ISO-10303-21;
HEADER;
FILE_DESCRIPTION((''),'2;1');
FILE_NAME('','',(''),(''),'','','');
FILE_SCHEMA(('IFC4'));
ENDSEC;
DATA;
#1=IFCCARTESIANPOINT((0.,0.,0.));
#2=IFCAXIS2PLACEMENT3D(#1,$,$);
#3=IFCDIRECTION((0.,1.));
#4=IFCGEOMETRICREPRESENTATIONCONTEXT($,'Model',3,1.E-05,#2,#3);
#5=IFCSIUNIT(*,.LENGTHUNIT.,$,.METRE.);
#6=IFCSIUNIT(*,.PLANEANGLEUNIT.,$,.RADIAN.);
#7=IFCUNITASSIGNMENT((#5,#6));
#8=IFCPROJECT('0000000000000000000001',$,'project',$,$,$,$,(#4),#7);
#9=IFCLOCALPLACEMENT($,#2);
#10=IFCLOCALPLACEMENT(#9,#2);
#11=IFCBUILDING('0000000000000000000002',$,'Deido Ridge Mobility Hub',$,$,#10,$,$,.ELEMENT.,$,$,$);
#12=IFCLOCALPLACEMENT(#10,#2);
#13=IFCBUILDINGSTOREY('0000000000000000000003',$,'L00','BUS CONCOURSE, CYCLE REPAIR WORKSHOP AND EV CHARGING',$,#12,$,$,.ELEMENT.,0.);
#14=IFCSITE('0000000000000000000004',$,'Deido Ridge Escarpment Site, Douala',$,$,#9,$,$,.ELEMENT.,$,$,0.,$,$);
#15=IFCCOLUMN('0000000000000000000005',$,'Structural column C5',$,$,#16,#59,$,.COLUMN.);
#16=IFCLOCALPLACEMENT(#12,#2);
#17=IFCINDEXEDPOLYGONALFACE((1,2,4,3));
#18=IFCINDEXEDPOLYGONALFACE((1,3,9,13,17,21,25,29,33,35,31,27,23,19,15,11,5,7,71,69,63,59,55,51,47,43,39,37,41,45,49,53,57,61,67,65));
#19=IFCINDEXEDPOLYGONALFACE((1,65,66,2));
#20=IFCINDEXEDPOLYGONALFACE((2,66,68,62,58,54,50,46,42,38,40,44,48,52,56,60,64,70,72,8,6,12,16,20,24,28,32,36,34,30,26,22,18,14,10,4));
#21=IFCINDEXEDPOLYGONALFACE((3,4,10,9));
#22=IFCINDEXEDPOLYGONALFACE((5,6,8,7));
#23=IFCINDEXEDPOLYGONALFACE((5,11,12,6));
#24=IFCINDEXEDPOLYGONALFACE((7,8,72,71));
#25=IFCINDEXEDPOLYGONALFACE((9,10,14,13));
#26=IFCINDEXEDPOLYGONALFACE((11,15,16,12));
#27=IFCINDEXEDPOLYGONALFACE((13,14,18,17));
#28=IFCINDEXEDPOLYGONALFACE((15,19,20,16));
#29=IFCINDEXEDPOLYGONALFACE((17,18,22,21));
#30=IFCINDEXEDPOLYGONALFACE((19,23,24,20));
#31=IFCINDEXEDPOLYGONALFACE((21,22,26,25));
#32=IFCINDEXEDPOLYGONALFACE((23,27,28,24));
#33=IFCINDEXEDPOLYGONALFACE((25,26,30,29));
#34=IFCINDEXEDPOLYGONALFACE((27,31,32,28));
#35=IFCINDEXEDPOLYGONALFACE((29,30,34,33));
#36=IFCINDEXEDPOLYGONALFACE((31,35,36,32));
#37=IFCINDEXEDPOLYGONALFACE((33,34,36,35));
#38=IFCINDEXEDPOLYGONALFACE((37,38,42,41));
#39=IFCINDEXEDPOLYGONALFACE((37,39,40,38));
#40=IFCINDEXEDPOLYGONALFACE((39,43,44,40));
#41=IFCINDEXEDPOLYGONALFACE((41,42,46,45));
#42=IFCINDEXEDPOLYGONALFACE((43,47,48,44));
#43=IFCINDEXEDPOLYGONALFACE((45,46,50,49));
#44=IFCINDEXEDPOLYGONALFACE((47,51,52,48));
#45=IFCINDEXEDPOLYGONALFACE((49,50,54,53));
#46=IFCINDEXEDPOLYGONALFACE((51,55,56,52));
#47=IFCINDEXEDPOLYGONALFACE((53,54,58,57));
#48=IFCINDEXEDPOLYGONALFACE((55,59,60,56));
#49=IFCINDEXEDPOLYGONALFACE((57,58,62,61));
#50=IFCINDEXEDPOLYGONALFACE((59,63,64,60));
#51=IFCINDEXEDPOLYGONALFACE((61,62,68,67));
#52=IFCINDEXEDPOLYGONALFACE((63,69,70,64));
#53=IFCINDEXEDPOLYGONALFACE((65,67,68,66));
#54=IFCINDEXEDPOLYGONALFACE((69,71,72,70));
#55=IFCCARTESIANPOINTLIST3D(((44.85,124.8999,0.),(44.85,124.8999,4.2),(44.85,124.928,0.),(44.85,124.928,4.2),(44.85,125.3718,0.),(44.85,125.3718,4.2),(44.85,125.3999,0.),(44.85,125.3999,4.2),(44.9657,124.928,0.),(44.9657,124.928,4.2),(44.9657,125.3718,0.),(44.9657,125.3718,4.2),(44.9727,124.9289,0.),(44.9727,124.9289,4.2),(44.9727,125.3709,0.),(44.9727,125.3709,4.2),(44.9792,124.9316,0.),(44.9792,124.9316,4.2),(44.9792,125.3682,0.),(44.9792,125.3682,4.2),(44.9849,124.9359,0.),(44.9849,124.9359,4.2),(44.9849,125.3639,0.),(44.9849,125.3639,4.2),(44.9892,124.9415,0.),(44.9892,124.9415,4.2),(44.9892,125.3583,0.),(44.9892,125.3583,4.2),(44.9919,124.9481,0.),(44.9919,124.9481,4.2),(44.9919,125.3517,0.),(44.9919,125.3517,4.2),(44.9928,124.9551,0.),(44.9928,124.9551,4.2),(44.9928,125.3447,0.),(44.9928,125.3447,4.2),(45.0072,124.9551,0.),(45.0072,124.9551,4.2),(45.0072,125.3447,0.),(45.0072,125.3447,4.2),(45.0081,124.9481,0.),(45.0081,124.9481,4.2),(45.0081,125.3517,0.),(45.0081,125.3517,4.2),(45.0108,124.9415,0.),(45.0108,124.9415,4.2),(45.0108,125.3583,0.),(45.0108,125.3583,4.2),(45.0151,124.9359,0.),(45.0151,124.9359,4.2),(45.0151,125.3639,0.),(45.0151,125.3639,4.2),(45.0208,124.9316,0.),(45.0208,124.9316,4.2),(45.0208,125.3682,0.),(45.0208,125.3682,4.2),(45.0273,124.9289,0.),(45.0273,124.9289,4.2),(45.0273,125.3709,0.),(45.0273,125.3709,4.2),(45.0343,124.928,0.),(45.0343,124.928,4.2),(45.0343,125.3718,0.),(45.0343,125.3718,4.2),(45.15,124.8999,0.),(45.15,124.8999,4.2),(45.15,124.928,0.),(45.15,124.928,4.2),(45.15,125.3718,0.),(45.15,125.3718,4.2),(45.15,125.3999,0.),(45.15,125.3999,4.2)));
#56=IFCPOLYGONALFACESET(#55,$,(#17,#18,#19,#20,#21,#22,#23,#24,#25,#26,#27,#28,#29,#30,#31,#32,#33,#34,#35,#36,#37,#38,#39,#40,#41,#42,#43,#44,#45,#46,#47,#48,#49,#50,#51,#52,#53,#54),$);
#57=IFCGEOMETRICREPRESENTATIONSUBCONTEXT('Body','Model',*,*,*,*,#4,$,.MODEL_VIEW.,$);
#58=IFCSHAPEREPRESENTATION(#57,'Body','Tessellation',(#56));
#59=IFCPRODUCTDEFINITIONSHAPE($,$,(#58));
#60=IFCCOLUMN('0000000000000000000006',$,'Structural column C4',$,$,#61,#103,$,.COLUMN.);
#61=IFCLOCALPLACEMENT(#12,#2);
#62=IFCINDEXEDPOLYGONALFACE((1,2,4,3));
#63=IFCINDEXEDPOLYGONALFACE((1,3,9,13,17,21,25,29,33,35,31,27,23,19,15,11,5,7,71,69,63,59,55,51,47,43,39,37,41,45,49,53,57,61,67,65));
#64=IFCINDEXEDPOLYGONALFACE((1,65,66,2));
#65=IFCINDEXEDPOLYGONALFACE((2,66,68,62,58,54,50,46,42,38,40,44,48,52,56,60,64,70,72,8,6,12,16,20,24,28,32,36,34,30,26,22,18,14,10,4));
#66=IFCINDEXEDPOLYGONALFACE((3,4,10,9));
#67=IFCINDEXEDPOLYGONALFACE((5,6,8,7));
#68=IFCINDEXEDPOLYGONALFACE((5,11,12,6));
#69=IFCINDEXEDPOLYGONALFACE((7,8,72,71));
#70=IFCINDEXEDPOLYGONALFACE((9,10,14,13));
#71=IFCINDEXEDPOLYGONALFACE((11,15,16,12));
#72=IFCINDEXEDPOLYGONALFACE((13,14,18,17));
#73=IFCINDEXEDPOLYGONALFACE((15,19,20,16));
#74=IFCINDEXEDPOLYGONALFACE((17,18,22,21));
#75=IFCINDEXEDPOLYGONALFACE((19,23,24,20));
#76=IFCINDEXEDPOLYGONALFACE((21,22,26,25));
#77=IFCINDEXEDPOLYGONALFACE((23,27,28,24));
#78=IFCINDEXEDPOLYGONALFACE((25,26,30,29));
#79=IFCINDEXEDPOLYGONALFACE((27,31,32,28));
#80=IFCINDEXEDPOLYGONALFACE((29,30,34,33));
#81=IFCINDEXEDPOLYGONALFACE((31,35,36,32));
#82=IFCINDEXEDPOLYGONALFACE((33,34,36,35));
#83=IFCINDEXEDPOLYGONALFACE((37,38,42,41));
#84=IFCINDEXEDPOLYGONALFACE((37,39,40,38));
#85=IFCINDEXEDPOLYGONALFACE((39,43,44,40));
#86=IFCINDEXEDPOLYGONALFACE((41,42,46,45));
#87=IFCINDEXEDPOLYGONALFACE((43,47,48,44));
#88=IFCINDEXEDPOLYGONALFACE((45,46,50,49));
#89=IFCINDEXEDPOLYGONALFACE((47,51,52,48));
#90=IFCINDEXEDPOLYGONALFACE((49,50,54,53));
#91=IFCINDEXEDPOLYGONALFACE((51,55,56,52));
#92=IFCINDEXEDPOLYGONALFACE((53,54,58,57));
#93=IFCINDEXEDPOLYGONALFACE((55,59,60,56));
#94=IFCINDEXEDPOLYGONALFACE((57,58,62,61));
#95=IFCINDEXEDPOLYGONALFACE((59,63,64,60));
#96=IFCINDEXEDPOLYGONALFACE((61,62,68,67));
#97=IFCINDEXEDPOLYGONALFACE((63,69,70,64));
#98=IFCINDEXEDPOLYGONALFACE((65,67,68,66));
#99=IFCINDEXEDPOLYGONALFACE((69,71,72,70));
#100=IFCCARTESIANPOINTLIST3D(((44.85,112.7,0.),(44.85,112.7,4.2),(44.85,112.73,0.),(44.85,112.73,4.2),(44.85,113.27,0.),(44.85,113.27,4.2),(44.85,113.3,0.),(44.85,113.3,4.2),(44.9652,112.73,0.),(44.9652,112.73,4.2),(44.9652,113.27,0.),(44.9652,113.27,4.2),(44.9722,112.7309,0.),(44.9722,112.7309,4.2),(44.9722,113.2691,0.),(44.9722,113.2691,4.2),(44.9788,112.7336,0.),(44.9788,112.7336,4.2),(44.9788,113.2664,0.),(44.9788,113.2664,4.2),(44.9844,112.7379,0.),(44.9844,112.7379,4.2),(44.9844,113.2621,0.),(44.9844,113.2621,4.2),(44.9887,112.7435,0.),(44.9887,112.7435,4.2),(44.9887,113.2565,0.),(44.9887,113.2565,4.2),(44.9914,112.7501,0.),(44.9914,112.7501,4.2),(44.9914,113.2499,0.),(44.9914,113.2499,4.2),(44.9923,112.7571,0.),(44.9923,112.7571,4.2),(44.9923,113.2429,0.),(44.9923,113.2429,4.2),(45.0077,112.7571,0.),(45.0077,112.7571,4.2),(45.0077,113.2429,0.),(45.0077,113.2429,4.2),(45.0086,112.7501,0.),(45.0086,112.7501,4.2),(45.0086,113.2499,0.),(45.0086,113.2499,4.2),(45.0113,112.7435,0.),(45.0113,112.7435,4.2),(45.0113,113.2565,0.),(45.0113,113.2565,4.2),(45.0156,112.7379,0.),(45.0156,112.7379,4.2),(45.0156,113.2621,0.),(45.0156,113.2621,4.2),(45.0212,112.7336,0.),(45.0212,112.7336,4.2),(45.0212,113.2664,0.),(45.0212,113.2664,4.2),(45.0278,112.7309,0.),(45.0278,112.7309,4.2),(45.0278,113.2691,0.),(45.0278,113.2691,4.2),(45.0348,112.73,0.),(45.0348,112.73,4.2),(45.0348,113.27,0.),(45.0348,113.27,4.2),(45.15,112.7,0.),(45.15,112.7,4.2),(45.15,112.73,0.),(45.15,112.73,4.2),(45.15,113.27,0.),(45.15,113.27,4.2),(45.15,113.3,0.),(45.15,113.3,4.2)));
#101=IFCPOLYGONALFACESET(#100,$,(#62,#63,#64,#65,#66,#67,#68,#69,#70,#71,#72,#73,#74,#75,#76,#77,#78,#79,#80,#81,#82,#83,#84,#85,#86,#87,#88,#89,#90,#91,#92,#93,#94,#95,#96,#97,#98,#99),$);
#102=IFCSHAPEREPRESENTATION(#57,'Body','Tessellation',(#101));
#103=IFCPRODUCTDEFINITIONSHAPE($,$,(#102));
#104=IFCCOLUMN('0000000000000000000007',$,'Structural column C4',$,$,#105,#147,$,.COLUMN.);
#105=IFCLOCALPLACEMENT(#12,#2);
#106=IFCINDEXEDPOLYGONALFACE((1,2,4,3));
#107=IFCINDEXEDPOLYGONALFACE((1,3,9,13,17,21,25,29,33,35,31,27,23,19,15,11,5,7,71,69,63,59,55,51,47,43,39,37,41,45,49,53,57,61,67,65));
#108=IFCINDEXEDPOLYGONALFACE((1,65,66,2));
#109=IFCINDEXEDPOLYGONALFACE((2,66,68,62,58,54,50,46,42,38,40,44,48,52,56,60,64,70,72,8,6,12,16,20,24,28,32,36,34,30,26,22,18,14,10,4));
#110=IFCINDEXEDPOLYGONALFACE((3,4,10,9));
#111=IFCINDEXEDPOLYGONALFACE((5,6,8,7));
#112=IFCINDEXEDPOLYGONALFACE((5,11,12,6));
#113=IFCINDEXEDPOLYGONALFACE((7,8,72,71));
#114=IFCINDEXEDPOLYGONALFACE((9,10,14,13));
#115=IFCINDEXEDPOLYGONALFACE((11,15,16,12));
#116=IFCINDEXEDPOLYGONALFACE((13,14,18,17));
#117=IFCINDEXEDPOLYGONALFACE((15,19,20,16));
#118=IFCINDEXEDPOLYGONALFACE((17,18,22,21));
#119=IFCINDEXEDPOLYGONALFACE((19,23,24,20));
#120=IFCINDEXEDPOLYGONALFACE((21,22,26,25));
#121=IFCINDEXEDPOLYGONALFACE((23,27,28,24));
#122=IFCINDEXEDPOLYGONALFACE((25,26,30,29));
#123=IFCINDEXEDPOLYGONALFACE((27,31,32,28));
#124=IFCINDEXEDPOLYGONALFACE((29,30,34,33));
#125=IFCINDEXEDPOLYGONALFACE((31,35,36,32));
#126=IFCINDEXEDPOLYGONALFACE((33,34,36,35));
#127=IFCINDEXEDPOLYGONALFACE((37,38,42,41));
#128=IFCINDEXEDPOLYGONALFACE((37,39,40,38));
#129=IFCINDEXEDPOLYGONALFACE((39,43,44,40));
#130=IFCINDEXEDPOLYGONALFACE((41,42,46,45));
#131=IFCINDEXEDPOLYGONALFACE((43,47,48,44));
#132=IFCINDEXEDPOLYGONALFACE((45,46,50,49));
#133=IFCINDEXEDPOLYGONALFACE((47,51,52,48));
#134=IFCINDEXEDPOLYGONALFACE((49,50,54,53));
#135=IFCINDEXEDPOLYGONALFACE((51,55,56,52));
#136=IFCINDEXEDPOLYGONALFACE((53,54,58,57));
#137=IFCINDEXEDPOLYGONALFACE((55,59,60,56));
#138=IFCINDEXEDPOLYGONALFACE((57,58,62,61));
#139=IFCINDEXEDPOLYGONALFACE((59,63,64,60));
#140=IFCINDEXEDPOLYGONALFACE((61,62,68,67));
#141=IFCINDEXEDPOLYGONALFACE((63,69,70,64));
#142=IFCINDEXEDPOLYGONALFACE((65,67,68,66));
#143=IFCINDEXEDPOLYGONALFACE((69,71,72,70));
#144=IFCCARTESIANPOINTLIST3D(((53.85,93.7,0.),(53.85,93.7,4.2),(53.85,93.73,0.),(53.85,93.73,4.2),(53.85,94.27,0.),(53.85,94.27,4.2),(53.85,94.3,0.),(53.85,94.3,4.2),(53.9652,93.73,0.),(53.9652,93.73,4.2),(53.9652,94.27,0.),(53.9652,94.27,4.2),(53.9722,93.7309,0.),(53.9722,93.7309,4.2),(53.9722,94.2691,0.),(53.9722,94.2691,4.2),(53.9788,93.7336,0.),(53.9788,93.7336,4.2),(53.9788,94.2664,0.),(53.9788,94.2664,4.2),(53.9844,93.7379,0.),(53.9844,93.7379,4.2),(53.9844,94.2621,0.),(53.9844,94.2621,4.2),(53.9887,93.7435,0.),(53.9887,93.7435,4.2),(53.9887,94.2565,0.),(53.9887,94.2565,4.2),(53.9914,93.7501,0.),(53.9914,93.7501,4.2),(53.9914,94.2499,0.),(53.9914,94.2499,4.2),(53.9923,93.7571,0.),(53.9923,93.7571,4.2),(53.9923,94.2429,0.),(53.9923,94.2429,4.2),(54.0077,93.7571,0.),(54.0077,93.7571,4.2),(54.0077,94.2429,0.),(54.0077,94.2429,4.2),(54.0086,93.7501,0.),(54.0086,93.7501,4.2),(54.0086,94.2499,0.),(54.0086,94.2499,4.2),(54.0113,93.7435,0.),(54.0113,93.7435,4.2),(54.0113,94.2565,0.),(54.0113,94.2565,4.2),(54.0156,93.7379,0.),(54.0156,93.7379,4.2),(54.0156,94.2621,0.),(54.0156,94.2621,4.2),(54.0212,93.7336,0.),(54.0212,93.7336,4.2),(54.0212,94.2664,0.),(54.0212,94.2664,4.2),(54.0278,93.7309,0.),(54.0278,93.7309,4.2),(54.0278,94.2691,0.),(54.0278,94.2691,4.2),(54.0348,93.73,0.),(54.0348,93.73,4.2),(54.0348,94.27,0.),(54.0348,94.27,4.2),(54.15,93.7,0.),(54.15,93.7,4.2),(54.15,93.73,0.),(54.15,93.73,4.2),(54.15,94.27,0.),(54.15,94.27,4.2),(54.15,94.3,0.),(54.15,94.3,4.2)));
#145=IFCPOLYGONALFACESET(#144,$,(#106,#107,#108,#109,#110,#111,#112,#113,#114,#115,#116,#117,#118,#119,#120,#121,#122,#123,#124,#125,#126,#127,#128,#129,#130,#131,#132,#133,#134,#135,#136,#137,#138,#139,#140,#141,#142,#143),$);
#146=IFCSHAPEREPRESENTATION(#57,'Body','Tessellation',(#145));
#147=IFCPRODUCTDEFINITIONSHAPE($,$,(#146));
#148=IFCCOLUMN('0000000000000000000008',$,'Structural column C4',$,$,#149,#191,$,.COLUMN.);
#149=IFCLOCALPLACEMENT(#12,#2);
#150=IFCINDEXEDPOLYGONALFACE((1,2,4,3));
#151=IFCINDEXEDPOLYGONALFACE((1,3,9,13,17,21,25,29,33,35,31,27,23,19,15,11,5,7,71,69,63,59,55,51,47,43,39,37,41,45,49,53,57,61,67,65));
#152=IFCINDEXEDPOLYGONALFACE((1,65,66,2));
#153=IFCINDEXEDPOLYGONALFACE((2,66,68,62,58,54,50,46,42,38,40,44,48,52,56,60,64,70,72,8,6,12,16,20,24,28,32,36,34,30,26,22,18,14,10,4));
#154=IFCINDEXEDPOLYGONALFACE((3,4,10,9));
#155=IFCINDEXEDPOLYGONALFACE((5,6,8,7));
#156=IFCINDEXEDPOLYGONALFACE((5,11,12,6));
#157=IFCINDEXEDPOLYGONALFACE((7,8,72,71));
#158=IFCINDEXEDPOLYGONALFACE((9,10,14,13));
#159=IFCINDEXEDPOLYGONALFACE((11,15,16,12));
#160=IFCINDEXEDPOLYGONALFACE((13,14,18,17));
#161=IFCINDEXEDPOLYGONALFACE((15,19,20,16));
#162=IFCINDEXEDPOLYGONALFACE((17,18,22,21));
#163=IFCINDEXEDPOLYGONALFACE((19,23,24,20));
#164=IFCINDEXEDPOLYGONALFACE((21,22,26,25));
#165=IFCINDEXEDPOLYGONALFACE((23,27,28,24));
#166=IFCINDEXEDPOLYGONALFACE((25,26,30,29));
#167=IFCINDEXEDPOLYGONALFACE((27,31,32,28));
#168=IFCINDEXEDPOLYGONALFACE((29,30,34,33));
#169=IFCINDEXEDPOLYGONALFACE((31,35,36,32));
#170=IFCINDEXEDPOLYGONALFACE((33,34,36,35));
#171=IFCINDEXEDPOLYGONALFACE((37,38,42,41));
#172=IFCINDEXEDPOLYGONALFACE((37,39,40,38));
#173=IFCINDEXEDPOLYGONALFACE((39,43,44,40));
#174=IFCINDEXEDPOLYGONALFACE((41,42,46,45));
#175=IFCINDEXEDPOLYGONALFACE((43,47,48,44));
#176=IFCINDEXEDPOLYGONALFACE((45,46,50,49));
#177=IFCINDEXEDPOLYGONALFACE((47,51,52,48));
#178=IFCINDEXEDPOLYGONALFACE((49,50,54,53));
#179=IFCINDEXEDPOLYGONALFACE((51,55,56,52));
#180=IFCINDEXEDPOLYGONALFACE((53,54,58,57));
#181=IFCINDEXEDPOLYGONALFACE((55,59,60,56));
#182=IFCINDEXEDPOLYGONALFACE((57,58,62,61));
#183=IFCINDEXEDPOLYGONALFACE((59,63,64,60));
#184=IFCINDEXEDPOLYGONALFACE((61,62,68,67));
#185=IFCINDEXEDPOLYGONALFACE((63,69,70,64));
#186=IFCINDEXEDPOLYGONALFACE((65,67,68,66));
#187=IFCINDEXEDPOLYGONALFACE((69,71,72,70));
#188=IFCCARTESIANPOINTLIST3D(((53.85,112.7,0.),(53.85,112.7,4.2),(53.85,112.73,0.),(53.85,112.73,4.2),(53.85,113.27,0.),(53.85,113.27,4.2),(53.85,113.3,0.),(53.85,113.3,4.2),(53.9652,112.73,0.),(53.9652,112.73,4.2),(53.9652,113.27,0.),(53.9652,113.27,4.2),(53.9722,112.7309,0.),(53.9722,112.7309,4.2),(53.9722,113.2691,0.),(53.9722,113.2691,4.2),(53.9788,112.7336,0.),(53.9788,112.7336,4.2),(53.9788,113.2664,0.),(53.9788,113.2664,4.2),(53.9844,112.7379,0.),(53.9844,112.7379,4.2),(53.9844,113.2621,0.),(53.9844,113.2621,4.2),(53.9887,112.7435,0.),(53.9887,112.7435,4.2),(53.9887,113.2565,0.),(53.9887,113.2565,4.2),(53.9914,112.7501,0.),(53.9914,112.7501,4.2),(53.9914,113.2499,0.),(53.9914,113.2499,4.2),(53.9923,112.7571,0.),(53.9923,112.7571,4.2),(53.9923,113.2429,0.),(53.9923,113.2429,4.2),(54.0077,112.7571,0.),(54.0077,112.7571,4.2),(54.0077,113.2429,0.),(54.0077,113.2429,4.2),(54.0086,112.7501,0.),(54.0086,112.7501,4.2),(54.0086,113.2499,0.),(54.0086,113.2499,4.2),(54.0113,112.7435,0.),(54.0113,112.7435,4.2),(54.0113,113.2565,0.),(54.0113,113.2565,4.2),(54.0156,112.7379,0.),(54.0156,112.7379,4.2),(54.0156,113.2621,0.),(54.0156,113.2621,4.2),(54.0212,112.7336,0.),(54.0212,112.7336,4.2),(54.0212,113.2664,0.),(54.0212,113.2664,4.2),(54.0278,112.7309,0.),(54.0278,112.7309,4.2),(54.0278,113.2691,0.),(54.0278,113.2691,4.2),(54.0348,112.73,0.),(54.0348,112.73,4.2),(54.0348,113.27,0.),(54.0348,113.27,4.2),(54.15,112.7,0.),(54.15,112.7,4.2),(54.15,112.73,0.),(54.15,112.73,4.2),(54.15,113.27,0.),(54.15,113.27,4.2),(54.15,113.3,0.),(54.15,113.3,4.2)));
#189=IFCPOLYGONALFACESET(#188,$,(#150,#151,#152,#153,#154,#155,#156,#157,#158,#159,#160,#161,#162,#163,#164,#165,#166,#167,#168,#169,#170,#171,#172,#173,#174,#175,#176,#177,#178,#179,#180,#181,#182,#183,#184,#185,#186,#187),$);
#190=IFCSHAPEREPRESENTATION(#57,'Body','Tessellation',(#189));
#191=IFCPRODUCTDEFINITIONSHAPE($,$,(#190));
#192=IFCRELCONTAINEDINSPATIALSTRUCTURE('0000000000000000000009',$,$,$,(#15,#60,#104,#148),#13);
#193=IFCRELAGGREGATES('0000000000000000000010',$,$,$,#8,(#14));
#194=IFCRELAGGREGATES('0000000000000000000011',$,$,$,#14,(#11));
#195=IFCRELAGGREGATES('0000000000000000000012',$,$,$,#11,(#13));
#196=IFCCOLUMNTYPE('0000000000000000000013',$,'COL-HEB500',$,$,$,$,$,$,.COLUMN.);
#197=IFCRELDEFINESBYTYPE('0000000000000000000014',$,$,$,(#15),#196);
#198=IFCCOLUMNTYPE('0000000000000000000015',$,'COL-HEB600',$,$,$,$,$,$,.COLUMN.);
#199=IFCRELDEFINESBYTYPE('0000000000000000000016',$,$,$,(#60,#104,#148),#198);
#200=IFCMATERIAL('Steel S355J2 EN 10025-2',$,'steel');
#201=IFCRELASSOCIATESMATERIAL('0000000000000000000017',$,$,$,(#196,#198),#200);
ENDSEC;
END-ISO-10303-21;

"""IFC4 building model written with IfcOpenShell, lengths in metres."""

from ifc_helpers import new_model, si_unit, direction, frame, origin, origin_2d, place, context, subcontext, project, spatial, i_section, extrude, material, material_profile, profile_set, type_object, element, save


model = new_model("IFC4")

# Units and contexts
model_context = context("Model", 3, precision=1e-05, world=origin(), true_north=direction((0.0, 1.0)))
body_context = subcontext(model_context, "Body", "Model", "MODEL_VIEW")
ifc_project = project(units=[si_unit("LENGTHUNIT", "METRE"), si_unit("PLANEANGLEUNIT", "RADIAN")], contexts=[model_context])

# Site, building, storey
site_placement = place(None, origin())
site = spatial("IfcSite", under=ifc_project, at=site_placement, Name="Deido Ridge Escarpment Site, Douala", CompositionType="ELEMENT", RefElevation=0.0)
building_placement = place(site_placement, origin())
building = spatial("IfcBuilding", under=site, at=building_placement, Name="Deido Ridge Mobility Hub", CompositionType="ELEMENT")
storey_placement = place(building_placement, origin())
storey = spatial("IfcBuildingStorey", under=building, at=storey_placement, Name="L00", Description="BUS CONCOURSE, CYCLE REPAIR WORKSHOP AND EV CHARGING", CompositionType="ELEMENT", Elevation=0.0)

# Columns
ifc_material_1 = material(Name="Steel S355J2 EN 10025-2", Category="steel")
ifc_material_profile_1 = material_profile(ifc_material_1, i_section(OverallWidth=0.3, OverallDepth=0.5, WebThickness=0.0144, FlangeThickness=0.0281, FilletRadius=0.0271, at=origin_2d()), Name="HEB 500")
ifc_profile_set_1 = profile_set([ifc_material_profile_1], Name="Steel S355J2 EN 10025-2")
column_type_1 = type_object("IfcColumnType", Name="COL-HEB500", PredefinedType="COLUMN", material=ifc_profile_set_1)
column_1_placement = place(storey_placement, frame((45.0, 125.1499, 0.0), z_axis=(0.0, 0.0, 1.0), x_axis=(1.0, 0.0, 0.0)))
element("IfcColumn", 1, at=column_1_placement, inside=storey, type_object=column_type_1, Name="Structural column C5", PredefinedType="COLUMN", context=body_context, shape_type="SweptSolid", body=[
    extrude(i_section(OverallWidth=0.3, OverallDepth=0.5, WebThickness=0.0144, FlangeThickness=0.0281, FilletRadius=0.0271, at=origin_2d()), origin(), (0.0, 0.0, 1.0), 4.2),
])
ifc_material_profile_2 = material_profile(ifc_material_1, i_section(OverallWidth=0.3, OverallDepth=0.6001, WebThickness=0.0154, FlangeThickness=0.03, FilletRadius=0.0271, at=origin_2d()), Name="HEB 600")
ifc_profile_set_2 = profile_set([ifc_material_profile_2], Name="Steel S355J2 EN 10025-2")
column_type_2 = type_object("IfcColumnType", Name="COL-HEB600", PredefinedType="COLUMN", material=ifc_profile_set_2)
for number, where, z_axis, x_axis, name in (
    (2, (45.0, 113.0, 0.0), (0.0, 0.0, 1.0), (1.0, 0.0, 0.0), "Structural column C4"),
    (3, (54.0, 94.0, 0.0), (0.0, 0.0, 1.0), (1.0, 0.0, 0.0), "Structural column C4"),
    (4, (54.0, 113.0, 0.0), (0.0, 0.0, 1.0), (1.0, 0.0, 0.0), "Structural column C4"),
):
    element("IfcColumn", number, at=place(storey_placement, frame(where, z_axis=z_axis, x_axis=x_axis)), inside=storey, type_object=column_type_2, Name=name, PredefinedType="COLUMN", context=body_context, shape_type="SweptSolid", body=[
        extrude(i_section(OverallWidth=0.3, OverallDepth=0.6001, WebThickness=0.0154, FlangeThickness=0.03, FilletRadius=0.0271, at=origin_2d()), origin(), (0.0, 0.0, 1.0), 4.2),
    ])

save(model, "model.ifc")
